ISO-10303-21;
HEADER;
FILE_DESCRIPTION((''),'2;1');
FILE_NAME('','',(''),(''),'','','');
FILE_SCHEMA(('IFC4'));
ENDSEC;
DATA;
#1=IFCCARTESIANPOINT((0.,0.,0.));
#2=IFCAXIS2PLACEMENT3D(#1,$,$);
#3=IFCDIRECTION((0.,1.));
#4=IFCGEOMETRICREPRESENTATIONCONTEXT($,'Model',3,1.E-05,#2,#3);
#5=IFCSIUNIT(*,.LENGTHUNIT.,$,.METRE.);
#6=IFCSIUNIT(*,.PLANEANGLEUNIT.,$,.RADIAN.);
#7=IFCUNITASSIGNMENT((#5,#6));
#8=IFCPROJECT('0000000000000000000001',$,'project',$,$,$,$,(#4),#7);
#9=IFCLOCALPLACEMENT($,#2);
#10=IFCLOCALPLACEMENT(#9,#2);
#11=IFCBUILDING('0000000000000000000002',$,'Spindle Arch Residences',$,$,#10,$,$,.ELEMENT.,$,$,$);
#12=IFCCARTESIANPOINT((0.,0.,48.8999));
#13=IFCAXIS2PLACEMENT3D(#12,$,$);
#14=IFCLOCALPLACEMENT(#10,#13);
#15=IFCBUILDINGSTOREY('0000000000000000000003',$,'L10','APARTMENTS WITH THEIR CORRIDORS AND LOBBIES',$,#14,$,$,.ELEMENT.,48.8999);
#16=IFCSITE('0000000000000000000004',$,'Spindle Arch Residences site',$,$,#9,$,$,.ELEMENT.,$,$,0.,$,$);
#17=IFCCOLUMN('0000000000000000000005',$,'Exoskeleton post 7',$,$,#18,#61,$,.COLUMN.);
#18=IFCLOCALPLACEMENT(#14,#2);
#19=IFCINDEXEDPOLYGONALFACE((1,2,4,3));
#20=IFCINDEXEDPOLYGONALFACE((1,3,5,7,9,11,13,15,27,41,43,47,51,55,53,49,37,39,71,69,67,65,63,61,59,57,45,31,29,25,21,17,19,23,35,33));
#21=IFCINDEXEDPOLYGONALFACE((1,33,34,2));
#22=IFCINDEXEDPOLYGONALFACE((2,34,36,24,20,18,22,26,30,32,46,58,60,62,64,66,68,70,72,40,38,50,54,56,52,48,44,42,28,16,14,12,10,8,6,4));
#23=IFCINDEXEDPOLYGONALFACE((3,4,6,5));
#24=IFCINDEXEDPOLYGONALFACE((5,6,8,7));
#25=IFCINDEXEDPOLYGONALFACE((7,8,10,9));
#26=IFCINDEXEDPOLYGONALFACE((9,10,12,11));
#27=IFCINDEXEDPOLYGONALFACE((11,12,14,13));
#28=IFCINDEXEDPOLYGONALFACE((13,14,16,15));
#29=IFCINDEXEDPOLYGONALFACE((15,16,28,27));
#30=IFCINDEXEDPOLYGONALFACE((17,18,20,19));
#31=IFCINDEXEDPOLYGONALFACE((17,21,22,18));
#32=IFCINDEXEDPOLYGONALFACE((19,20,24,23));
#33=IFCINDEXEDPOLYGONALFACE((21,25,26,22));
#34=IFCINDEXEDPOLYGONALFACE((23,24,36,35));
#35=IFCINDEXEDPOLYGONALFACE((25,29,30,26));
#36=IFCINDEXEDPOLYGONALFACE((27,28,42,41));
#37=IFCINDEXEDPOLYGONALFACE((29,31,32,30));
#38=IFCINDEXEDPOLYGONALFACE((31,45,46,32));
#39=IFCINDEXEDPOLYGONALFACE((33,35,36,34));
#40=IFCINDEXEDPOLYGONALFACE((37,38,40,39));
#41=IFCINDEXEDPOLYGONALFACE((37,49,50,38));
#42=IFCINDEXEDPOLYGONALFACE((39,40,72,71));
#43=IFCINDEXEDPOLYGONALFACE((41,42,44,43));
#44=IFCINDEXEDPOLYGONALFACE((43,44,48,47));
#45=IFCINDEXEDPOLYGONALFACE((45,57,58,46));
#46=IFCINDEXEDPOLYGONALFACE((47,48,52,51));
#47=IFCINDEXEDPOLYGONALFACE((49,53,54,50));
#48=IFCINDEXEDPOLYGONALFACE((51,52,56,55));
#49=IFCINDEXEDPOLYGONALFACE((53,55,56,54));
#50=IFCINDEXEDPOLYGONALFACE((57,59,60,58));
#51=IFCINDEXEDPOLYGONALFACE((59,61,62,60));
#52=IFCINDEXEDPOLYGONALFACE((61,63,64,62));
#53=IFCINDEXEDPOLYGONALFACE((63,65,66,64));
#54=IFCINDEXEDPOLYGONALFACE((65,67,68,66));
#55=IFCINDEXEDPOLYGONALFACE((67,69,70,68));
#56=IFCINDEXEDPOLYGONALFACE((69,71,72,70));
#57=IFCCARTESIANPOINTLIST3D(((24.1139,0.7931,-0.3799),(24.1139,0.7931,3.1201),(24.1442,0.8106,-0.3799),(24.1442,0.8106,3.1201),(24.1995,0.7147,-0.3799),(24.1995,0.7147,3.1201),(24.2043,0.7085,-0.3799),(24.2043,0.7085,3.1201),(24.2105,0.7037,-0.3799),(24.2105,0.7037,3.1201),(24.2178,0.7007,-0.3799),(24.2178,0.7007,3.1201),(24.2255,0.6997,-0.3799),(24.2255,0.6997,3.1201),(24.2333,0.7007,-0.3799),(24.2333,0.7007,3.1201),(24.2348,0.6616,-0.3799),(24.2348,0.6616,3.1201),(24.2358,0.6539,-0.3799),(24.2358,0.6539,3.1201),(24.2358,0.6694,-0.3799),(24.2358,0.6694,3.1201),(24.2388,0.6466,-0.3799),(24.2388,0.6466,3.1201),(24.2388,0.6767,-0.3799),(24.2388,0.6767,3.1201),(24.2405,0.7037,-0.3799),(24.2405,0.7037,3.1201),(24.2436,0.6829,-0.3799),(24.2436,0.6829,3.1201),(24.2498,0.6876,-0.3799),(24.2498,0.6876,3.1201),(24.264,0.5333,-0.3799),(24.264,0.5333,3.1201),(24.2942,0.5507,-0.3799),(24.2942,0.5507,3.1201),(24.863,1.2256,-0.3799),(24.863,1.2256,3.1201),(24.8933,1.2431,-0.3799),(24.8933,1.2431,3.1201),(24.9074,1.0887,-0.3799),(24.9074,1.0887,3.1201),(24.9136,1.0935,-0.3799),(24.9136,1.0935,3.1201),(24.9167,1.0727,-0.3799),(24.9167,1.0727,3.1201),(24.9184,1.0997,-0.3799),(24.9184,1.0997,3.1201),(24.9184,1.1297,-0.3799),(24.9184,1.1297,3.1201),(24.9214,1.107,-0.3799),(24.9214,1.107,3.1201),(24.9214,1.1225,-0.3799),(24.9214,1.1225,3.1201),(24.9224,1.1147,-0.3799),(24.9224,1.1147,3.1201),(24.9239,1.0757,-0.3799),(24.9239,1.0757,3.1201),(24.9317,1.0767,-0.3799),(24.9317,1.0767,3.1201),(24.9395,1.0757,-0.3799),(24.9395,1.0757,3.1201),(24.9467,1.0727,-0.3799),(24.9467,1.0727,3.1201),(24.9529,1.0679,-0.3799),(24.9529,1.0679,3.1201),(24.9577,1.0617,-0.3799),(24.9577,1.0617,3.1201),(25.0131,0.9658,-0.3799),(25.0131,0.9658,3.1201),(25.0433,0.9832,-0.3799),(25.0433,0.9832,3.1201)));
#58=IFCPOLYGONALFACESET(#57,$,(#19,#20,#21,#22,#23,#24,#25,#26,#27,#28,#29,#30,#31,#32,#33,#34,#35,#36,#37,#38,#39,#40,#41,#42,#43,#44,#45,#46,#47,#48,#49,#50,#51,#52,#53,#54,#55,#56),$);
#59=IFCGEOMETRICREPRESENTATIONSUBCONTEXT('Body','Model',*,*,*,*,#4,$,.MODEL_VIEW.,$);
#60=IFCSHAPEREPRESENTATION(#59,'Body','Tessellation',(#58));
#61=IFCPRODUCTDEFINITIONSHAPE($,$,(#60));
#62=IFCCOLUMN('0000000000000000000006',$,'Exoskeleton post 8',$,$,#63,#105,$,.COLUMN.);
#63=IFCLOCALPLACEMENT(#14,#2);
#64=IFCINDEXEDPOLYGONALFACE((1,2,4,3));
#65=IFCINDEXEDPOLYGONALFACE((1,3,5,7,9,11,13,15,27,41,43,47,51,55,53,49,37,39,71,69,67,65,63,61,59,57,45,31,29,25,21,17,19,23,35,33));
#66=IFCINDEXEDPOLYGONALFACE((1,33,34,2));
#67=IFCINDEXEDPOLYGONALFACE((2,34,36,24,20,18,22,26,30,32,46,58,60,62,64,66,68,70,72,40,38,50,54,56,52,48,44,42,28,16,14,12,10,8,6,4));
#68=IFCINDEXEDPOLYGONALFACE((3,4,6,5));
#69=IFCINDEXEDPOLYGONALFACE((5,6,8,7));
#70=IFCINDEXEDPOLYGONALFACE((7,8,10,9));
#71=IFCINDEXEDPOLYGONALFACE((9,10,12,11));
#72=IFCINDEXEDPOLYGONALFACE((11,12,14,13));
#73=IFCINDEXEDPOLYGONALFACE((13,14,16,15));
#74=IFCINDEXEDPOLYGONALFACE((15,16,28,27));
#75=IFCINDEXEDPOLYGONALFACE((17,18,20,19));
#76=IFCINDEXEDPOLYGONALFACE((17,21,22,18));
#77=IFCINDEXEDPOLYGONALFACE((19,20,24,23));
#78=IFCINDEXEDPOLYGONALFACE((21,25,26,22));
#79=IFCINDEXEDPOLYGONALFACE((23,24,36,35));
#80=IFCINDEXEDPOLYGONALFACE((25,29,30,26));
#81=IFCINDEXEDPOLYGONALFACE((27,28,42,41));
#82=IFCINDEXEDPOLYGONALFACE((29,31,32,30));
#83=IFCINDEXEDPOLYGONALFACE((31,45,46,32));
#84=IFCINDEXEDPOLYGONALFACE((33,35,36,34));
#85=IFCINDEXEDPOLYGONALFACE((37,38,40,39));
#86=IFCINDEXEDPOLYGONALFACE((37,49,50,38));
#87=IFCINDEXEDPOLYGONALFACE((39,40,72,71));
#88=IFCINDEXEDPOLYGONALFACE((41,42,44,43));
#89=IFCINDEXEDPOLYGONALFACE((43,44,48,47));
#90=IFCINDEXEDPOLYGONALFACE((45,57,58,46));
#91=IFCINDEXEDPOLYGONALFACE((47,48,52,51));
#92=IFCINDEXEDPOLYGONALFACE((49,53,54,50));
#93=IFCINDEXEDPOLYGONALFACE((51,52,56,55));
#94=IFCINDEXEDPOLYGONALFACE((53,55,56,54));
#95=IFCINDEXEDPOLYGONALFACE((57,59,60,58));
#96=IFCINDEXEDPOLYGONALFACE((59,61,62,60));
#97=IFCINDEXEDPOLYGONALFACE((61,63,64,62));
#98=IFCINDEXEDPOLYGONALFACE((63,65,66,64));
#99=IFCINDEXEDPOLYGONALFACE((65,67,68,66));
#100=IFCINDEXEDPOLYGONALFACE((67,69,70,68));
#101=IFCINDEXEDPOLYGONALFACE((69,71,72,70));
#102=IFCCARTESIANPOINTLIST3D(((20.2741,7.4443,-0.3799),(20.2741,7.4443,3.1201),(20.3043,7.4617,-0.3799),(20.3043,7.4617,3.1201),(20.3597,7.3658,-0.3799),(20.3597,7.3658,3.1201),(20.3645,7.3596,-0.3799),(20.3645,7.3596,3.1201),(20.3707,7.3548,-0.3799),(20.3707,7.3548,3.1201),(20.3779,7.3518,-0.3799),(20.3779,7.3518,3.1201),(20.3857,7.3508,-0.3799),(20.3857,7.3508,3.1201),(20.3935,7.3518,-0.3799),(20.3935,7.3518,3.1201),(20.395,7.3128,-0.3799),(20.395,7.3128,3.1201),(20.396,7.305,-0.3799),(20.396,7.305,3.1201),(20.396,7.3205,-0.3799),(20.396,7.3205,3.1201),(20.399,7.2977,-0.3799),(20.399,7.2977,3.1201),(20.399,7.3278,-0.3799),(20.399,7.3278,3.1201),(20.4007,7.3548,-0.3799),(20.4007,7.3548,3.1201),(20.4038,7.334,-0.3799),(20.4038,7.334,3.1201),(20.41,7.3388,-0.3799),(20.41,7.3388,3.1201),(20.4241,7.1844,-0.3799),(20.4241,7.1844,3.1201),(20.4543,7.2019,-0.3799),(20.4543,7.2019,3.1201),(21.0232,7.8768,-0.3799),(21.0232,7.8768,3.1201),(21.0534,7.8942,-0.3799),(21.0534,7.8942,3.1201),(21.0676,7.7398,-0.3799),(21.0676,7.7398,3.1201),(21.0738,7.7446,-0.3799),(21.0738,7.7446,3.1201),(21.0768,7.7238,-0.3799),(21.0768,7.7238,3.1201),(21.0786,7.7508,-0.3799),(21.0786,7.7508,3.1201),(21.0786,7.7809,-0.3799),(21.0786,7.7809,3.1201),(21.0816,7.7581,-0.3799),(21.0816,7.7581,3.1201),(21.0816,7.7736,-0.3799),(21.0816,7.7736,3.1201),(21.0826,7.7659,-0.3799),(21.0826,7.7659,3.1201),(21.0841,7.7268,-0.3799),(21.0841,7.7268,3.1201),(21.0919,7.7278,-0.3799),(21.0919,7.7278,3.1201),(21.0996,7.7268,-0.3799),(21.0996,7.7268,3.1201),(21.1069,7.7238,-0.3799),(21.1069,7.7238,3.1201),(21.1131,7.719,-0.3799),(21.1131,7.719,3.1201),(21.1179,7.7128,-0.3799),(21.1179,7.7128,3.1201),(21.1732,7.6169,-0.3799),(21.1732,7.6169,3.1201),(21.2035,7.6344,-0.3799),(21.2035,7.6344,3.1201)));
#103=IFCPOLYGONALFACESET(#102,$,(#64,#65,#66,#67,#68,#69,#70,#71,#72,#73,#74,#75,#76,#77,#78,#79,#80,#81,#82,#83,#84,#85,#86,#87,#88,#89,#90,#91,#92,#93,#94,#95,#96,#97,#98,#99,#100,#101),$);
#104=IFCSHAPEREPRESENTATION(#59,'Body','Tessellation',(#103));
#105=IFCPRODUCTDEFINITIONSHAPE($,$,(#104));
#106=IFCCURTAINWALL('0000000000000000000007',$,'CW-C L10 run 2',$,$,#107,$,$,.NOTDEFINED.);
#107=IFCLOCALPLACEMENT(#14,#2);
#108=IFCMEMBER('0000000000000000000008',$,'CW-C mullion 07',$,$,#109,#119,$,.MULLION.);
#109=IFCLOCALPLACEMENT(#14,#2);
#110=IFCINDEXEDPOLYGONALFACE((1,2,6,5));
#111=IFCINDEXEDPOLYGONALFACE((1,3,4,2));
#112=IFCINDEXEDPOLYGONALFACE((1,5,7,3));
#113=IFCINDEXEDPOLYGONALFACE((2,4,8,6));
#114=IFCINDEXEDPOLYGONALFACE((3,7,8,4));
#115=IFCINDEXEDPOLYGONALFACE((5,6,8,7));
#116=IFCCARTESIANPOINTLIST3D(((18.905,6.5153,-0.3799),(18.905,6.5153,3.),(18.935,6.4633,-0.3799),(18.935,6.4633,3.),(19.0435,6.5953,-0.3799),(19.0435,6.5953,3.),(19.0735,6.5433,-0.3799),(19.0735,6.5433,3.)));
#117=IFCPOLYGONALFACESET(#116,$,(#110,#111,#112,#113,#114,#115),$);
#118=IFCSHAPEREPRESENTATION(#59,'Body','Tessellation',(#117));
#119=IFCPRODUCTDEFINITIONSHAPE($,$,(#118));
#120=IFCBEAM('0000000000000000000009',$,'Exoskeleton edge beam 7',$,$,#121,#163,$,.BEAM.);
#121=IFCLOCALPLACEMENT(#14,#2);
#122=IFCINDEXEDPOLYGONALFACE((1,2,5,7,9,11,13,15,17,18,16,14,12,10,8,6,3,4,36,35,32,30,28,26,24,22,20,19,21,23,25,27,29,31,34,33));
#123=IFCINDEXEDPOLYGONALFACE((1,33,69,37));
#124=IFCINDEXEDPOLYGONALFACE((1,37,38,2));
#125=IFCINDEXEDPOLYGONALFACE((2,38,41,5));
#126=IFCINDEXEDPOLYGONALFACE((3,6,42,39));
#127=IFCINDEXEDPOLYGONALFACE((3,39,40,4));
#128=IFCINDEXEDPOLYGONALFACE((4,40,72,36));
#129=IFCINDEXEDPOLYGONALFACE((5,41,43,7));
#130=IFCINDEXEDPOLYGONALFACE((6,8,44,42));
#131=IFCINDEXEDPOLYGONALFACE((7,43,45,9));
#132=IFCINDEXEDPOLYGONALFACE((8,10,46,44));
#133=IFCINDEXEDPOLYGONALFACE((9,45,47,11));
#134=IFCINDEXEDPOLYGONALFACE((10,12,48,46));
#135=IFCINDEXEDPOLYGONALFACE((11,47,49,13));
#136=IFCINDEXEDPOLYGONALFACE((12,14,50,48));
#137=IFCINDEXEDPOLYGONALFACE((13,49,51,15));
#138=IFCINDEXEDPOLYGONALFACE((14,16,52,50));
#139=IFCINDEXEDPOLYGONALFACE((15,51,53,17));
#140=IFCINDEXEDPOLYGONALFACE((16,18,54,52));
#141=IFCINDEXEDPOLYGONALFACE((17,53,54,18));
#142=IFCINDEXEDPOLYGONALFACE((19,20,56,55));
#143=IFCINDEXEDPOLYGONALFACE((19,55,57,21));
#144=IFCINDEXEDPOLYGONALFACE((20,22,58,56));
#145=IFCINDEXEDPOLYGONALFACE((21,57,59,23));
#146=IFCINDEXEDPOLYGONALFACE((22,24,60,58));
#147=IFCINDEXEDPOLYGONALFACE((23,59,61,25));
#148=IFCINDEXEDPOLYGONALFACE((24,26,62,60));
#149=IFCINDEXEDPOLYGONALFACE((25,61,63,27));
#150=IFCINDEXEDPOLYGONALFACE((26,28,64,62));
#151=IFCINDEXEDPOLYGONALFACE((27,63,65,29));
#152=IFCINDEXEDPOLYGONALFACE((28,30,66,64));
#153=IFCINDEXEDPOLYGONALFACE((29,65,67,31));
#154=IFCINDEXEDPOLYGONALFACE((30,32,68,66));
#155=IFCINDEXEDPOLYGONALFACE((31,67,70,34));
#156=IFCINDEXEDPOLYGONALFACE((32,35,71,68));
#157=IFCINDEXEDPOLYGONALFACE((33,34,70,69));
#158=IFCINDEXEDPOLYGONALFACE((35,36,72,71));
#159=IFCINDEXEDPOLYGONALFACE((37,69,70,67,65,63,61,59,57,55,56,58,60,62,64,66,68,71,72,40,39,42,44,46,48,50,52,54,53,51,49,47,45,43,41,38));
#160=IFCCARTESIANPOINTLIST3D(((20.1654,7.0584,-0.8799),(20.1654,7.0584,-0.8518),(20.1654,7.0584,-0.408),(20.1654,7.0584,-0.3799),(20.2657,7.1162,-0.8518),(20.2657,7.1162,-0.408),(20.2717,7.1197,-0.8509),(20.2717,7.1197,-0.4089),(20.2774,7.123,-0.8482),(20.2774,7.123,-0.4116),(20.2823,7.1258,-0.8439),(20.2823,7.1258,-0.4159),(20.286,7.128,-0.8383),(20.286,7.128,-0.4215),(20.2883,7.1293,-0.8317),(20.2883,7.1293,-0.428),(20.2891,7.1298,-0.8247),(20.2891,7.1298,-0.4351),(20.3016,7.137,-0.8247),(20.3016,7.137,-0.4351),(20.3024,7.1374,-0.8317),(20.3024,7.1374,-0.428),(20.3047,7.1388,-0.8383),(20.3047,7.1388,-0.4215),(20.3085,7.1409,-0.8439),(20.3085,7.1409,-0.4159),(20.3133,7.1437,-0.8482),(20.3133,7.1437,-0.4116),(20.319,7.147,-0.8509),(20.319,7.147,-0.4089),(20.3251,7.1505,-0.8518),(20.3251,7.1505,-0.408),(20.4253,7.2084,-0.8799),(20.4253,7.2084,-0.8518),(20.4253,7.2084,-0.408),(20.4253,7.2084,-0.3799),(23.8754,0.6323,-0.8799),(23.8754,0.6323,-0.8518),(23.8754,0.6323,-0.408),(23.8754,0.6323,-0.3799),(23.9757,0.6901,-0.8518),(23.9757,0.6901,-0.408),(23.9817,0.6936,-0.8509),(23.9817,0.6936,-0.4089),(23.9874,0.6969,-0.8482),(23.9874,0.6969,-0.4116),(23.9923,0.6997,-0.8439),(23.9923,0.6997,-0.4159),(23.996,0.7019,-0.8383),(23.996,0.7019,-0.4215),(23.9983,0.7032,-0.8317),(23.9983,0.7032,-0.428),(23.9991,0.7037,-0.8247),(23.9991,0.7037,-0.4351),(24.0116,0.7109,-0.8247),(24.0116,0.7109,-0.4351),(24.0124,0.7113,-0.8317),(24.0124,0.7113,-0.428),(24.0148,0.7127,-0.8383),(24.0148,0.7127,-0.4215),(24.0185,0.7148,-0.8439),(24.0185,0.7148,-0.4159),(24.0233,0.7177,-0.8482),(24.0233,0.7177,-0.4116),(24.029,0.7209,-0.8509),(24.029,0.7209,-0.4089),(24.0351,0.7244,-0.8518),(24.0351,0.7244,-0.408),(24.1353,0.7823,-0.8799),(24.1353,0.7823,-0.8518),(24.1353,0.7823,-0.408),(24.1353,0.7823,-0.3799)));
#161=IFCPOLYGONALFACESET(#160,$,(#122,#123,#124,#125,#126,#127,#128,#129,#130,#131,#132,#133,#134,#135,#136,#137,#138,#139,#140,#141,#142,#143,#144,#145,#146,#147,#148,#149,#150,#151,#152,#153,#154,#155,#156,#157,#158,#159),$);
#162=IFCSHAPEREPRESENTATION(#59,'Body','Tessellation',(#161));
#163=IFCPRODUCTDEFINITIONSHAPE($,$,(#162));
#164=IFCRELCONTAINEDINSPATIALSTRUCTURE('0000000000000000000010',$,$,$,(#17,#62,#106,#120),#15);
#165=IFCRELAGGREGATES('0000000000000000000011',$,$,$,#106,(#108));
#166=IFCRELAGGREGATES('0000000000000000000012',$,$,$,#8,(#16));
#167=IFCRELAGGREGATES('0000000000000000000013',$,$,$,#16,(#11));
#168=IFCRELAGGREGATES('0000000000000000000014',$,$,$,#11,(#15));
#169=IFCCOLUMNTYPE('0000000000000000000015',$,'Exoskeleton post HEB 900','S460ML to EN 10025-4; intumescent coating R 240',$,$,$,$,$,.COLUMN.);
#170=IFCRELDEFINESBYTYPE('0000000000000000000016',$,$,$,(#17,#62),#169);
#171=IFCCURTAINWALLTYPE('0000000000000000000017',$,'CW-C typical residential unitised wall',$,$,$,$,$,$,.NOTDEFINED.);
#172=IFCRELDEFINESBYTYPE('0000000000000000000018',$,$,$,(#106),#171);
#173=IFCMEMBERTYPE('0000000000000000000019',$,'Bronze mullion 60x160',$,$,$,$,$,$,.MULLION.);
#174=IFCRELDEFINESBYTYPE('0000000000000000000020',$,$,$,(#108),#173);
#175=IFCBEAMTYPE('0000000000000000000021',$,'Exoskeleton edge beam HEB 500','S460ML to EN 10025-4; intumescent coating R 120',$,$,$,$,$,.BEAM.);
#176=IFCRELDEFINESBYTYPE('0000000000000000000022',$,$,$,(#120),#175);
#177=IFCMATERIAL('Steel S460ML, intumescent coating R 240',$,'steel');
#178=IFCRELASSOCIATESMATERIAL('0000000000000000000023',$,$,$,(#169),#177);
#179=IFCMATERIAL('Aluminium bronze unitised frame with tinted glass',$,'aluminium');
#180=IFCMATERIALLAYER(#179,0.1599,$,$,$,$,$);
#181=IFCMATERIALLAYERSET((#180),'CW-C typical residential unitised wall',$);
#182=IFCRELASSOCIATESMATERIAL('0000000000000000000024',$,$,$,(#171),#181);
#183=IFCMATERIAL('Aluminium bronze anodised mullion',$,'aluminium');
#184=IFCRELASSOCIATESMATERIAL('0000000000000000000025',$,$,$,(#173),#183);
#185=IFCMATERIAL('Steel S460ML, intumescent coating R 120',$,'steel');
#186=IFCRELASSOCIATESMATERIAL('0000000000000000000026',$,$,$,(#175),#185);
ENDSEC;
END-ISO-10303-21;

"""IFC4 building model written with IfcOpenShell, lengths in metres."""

from ifc_helpers import new_model, si_unit, direction, frame, origin, origin_2d, place, context, subcontext, project, spatial, rectangle, i_section, extrude, material, layer, layer_set, material_profile, profile_set, type_object, element, aggregate, save


model = new_model("IFC4")

# Units and contexts
model_context = context("Model", 3, precision=1e-05, world=origin(), true_north=direction((0.0, 1.0)))
body_context = subcontext(model_context, "Body", "Model", "MODEL_VIEW")
ifc_project = project(units=[si_unit("LENGTHUNIT", "METRE"), si_unit("PLANEANGLEUNIT", "RADIAN")], contexts=[model_context])

# Site, building, storey
site_placement = place(None, origin())
site = spatial("IfcSite", under=ifc_project, at=site_placement, Name="Spindle Arch Residences site", CompositionType="ELEMENT", RefElevation=0.0)
building_placement = place(site_placement, origin())
building = spatial("IfcBuilding", under=site, at=building_placement, Name="Spindle Arch Residences", CompositionType="ELEMENT")
storey_placement = place(building_placement, frame((0.0, 0.0, 48.8999)))
storey = spatial("IfcBuildingStorey", under=building, at=storey_placement, Name="L10", Description="APARTMENTS WITH THEIR CORRIDORS AND LOBBIES", CompositionType="ELEMENT", Elevation=48.8999)

# Columns
ifc_material_1 = material(Name="Steel S460ML, intumescent coating R 240", Category="steel")
ifc_material_profile_1 = material_profile(ifc_material_1, i_section(OverallWidth=0.3, OverallDepth=0.8999, WebThickness=0.0186, FlangeThickness=0.0349, FilletRadius=0.03, at=origin_2d()), Name="HEB 900")
ifc_profile_set_1 = profile_set([ifc_material_profile_1], Name="Steel S460ML, intumescent coating R 240")
column_type = type_object("IfcColumnType", Name="Exoskeleton post HEB 900", Description="S460ML to EN 10025-4; intumescent coating R 240", PredefinedType="COLUMN", material=ifc_profile_set_1)
for number, where, z_axis, x_axis, name in (
    (1, (24.5786, 0.8882, -0.3799), (0.0, 0.0, 1.0), (0.5, -0.866025, 0.0), "Exoskeleton post 7"),
    (2, (20.7388, 7.5393, -0.3799), (0.0, 0.0, 1.0), (0.5, -0.866025, 0.0), "Exoskeleton post 8"),
):
    element("IfcColumn", number, at=place(storey_placement, frame(where, z_axis=z_axis, x_axis=x_axis)), inside=storey, type_object=column_type, Name=name, PredefinedType="COLUMN", context=body_context, shape_type="SweptSolid", body=[
        extrude(i_section(OverallWidth=0.3, OverallDepth=0.8999, WebThickness=0.0186, FlangeThickness=0.0349, FilletRadius=0.03, at=origin_2d()), origin(), (0.0, 0.0, 1.0), 3.5),
    ])

# Curtain wall, member
ifc_material_2 = material(Name="Aluminium bronze unitised frame with tinted glass", Category="aluminium")
ifc_layer_1 = layer(ifc_material_2, 0.1599)
ifc_layer_set_1 = layer_set([ifc_layer_1], Name="CW-C typical residential unitised wall")
curtain_wall_type = type_object("IfcCurtainWallType", Name="CW-C typical residential unitised wall", PredefinedType="NOTDEFINED", material=ifc_layer_set_1)
curtain_wall_placement = place(storey_placement, origin())
curtain_wall = element("IfcCurtainWall", 3, at=curtain_wall_placement, inside=storey, type_object=curtain_wall_type, Name="CW-C L10 run 2", PredefinedType="NOTDEFINED")
ifc_material_3 = material(Name="Aluminium bronze anodised mullion", Category="aluminium")
ifc_material_profile_2 = material_profile(ifc_material_3, rectangle(XDim=0.1599, YDim=0.0601, at=origin_2d()), Name="MU 60x160")
ifc_profile_set_2 = profile_set([ifc_material_profile_2], Name="Aluminium bronze anodised mullion")
member_type = type_object("IfcMemberType", Name="Bronze mullion 60x160", PredefinedType="MULLION", material=ifc_profile_set_2)
member_placement = place(storey_placement, frame((18.9893, 6.5293, -0.3799), z_axis=(0.0, 0.0, 1.0), x_axis=(-0.866025, -0.5, 0.0)))
member = element("IfcMember", 4, at=member_placement, type_object=member_type, Name="CW-C mullion 07", PredefinedType="MULLION", context=body_context, shape_type="SweptSolid", body=[
    extrude(rectangle(XDim=0.1599, YDim=0.0601, at=origin_2d()), origin(), (0.0, 0.0, 1.0), 3.3799),
])

# Beam
ifc_material_4 = material(Name="Steel S460ML, intumescent coating R 120", Category="steel")
ifc_material_profile_3 = material_profile(ifc_material_4, i_section(OverallWidth=0.3, OverallDepth=0.5, WebThickness=0.0144, FlangeThickness=0.0281, FilletRadius=0.0271, at=origin_2d()), Name="HEB 500")
ifc_profile_set_3 = profile_set([ifc_material_profile_3], Name="Steel S460ML, intumescent coating R 120")
beam_type_1 = type_object("IfcBeamType", Name="Exoskeleton edge beam HEB 500", Description="S460ML to EN 10025-4; intumescent coating R 120", PredefinedType="BEAM", material=ifc_profile_set_3)
for number, where, z_axis, x_axis, name in (
    (5, (24.0054, 0.7073, -0.6299), (-0.499989, 0.866032, 0.0), (-0.866032, -0.499989, 0.0), "Exoskeleton edge beam 7"),
):
    element("IfcBeam", number, at=place(storey_placement, frame(where, z_axis=z_axis, x_axis=x_axis)), inside=storey, type_object=beam_type_1, Name=name, PredefinedType="BEAM", context=body_context, shape_type="SweptSolid", body=[
        extrude(i_section(OverallWidth=0.3, OverallDepth=0.5, WebThickness=0.0144, FlangeThickness=0.0281, FilletRadius=0.0271, at=origin_2d()), origin(), (0.0, 0.0, 1.0), 7.4202),
    ])

aggregate(curtain_wall, [member])

save(model, "model.ifc")
